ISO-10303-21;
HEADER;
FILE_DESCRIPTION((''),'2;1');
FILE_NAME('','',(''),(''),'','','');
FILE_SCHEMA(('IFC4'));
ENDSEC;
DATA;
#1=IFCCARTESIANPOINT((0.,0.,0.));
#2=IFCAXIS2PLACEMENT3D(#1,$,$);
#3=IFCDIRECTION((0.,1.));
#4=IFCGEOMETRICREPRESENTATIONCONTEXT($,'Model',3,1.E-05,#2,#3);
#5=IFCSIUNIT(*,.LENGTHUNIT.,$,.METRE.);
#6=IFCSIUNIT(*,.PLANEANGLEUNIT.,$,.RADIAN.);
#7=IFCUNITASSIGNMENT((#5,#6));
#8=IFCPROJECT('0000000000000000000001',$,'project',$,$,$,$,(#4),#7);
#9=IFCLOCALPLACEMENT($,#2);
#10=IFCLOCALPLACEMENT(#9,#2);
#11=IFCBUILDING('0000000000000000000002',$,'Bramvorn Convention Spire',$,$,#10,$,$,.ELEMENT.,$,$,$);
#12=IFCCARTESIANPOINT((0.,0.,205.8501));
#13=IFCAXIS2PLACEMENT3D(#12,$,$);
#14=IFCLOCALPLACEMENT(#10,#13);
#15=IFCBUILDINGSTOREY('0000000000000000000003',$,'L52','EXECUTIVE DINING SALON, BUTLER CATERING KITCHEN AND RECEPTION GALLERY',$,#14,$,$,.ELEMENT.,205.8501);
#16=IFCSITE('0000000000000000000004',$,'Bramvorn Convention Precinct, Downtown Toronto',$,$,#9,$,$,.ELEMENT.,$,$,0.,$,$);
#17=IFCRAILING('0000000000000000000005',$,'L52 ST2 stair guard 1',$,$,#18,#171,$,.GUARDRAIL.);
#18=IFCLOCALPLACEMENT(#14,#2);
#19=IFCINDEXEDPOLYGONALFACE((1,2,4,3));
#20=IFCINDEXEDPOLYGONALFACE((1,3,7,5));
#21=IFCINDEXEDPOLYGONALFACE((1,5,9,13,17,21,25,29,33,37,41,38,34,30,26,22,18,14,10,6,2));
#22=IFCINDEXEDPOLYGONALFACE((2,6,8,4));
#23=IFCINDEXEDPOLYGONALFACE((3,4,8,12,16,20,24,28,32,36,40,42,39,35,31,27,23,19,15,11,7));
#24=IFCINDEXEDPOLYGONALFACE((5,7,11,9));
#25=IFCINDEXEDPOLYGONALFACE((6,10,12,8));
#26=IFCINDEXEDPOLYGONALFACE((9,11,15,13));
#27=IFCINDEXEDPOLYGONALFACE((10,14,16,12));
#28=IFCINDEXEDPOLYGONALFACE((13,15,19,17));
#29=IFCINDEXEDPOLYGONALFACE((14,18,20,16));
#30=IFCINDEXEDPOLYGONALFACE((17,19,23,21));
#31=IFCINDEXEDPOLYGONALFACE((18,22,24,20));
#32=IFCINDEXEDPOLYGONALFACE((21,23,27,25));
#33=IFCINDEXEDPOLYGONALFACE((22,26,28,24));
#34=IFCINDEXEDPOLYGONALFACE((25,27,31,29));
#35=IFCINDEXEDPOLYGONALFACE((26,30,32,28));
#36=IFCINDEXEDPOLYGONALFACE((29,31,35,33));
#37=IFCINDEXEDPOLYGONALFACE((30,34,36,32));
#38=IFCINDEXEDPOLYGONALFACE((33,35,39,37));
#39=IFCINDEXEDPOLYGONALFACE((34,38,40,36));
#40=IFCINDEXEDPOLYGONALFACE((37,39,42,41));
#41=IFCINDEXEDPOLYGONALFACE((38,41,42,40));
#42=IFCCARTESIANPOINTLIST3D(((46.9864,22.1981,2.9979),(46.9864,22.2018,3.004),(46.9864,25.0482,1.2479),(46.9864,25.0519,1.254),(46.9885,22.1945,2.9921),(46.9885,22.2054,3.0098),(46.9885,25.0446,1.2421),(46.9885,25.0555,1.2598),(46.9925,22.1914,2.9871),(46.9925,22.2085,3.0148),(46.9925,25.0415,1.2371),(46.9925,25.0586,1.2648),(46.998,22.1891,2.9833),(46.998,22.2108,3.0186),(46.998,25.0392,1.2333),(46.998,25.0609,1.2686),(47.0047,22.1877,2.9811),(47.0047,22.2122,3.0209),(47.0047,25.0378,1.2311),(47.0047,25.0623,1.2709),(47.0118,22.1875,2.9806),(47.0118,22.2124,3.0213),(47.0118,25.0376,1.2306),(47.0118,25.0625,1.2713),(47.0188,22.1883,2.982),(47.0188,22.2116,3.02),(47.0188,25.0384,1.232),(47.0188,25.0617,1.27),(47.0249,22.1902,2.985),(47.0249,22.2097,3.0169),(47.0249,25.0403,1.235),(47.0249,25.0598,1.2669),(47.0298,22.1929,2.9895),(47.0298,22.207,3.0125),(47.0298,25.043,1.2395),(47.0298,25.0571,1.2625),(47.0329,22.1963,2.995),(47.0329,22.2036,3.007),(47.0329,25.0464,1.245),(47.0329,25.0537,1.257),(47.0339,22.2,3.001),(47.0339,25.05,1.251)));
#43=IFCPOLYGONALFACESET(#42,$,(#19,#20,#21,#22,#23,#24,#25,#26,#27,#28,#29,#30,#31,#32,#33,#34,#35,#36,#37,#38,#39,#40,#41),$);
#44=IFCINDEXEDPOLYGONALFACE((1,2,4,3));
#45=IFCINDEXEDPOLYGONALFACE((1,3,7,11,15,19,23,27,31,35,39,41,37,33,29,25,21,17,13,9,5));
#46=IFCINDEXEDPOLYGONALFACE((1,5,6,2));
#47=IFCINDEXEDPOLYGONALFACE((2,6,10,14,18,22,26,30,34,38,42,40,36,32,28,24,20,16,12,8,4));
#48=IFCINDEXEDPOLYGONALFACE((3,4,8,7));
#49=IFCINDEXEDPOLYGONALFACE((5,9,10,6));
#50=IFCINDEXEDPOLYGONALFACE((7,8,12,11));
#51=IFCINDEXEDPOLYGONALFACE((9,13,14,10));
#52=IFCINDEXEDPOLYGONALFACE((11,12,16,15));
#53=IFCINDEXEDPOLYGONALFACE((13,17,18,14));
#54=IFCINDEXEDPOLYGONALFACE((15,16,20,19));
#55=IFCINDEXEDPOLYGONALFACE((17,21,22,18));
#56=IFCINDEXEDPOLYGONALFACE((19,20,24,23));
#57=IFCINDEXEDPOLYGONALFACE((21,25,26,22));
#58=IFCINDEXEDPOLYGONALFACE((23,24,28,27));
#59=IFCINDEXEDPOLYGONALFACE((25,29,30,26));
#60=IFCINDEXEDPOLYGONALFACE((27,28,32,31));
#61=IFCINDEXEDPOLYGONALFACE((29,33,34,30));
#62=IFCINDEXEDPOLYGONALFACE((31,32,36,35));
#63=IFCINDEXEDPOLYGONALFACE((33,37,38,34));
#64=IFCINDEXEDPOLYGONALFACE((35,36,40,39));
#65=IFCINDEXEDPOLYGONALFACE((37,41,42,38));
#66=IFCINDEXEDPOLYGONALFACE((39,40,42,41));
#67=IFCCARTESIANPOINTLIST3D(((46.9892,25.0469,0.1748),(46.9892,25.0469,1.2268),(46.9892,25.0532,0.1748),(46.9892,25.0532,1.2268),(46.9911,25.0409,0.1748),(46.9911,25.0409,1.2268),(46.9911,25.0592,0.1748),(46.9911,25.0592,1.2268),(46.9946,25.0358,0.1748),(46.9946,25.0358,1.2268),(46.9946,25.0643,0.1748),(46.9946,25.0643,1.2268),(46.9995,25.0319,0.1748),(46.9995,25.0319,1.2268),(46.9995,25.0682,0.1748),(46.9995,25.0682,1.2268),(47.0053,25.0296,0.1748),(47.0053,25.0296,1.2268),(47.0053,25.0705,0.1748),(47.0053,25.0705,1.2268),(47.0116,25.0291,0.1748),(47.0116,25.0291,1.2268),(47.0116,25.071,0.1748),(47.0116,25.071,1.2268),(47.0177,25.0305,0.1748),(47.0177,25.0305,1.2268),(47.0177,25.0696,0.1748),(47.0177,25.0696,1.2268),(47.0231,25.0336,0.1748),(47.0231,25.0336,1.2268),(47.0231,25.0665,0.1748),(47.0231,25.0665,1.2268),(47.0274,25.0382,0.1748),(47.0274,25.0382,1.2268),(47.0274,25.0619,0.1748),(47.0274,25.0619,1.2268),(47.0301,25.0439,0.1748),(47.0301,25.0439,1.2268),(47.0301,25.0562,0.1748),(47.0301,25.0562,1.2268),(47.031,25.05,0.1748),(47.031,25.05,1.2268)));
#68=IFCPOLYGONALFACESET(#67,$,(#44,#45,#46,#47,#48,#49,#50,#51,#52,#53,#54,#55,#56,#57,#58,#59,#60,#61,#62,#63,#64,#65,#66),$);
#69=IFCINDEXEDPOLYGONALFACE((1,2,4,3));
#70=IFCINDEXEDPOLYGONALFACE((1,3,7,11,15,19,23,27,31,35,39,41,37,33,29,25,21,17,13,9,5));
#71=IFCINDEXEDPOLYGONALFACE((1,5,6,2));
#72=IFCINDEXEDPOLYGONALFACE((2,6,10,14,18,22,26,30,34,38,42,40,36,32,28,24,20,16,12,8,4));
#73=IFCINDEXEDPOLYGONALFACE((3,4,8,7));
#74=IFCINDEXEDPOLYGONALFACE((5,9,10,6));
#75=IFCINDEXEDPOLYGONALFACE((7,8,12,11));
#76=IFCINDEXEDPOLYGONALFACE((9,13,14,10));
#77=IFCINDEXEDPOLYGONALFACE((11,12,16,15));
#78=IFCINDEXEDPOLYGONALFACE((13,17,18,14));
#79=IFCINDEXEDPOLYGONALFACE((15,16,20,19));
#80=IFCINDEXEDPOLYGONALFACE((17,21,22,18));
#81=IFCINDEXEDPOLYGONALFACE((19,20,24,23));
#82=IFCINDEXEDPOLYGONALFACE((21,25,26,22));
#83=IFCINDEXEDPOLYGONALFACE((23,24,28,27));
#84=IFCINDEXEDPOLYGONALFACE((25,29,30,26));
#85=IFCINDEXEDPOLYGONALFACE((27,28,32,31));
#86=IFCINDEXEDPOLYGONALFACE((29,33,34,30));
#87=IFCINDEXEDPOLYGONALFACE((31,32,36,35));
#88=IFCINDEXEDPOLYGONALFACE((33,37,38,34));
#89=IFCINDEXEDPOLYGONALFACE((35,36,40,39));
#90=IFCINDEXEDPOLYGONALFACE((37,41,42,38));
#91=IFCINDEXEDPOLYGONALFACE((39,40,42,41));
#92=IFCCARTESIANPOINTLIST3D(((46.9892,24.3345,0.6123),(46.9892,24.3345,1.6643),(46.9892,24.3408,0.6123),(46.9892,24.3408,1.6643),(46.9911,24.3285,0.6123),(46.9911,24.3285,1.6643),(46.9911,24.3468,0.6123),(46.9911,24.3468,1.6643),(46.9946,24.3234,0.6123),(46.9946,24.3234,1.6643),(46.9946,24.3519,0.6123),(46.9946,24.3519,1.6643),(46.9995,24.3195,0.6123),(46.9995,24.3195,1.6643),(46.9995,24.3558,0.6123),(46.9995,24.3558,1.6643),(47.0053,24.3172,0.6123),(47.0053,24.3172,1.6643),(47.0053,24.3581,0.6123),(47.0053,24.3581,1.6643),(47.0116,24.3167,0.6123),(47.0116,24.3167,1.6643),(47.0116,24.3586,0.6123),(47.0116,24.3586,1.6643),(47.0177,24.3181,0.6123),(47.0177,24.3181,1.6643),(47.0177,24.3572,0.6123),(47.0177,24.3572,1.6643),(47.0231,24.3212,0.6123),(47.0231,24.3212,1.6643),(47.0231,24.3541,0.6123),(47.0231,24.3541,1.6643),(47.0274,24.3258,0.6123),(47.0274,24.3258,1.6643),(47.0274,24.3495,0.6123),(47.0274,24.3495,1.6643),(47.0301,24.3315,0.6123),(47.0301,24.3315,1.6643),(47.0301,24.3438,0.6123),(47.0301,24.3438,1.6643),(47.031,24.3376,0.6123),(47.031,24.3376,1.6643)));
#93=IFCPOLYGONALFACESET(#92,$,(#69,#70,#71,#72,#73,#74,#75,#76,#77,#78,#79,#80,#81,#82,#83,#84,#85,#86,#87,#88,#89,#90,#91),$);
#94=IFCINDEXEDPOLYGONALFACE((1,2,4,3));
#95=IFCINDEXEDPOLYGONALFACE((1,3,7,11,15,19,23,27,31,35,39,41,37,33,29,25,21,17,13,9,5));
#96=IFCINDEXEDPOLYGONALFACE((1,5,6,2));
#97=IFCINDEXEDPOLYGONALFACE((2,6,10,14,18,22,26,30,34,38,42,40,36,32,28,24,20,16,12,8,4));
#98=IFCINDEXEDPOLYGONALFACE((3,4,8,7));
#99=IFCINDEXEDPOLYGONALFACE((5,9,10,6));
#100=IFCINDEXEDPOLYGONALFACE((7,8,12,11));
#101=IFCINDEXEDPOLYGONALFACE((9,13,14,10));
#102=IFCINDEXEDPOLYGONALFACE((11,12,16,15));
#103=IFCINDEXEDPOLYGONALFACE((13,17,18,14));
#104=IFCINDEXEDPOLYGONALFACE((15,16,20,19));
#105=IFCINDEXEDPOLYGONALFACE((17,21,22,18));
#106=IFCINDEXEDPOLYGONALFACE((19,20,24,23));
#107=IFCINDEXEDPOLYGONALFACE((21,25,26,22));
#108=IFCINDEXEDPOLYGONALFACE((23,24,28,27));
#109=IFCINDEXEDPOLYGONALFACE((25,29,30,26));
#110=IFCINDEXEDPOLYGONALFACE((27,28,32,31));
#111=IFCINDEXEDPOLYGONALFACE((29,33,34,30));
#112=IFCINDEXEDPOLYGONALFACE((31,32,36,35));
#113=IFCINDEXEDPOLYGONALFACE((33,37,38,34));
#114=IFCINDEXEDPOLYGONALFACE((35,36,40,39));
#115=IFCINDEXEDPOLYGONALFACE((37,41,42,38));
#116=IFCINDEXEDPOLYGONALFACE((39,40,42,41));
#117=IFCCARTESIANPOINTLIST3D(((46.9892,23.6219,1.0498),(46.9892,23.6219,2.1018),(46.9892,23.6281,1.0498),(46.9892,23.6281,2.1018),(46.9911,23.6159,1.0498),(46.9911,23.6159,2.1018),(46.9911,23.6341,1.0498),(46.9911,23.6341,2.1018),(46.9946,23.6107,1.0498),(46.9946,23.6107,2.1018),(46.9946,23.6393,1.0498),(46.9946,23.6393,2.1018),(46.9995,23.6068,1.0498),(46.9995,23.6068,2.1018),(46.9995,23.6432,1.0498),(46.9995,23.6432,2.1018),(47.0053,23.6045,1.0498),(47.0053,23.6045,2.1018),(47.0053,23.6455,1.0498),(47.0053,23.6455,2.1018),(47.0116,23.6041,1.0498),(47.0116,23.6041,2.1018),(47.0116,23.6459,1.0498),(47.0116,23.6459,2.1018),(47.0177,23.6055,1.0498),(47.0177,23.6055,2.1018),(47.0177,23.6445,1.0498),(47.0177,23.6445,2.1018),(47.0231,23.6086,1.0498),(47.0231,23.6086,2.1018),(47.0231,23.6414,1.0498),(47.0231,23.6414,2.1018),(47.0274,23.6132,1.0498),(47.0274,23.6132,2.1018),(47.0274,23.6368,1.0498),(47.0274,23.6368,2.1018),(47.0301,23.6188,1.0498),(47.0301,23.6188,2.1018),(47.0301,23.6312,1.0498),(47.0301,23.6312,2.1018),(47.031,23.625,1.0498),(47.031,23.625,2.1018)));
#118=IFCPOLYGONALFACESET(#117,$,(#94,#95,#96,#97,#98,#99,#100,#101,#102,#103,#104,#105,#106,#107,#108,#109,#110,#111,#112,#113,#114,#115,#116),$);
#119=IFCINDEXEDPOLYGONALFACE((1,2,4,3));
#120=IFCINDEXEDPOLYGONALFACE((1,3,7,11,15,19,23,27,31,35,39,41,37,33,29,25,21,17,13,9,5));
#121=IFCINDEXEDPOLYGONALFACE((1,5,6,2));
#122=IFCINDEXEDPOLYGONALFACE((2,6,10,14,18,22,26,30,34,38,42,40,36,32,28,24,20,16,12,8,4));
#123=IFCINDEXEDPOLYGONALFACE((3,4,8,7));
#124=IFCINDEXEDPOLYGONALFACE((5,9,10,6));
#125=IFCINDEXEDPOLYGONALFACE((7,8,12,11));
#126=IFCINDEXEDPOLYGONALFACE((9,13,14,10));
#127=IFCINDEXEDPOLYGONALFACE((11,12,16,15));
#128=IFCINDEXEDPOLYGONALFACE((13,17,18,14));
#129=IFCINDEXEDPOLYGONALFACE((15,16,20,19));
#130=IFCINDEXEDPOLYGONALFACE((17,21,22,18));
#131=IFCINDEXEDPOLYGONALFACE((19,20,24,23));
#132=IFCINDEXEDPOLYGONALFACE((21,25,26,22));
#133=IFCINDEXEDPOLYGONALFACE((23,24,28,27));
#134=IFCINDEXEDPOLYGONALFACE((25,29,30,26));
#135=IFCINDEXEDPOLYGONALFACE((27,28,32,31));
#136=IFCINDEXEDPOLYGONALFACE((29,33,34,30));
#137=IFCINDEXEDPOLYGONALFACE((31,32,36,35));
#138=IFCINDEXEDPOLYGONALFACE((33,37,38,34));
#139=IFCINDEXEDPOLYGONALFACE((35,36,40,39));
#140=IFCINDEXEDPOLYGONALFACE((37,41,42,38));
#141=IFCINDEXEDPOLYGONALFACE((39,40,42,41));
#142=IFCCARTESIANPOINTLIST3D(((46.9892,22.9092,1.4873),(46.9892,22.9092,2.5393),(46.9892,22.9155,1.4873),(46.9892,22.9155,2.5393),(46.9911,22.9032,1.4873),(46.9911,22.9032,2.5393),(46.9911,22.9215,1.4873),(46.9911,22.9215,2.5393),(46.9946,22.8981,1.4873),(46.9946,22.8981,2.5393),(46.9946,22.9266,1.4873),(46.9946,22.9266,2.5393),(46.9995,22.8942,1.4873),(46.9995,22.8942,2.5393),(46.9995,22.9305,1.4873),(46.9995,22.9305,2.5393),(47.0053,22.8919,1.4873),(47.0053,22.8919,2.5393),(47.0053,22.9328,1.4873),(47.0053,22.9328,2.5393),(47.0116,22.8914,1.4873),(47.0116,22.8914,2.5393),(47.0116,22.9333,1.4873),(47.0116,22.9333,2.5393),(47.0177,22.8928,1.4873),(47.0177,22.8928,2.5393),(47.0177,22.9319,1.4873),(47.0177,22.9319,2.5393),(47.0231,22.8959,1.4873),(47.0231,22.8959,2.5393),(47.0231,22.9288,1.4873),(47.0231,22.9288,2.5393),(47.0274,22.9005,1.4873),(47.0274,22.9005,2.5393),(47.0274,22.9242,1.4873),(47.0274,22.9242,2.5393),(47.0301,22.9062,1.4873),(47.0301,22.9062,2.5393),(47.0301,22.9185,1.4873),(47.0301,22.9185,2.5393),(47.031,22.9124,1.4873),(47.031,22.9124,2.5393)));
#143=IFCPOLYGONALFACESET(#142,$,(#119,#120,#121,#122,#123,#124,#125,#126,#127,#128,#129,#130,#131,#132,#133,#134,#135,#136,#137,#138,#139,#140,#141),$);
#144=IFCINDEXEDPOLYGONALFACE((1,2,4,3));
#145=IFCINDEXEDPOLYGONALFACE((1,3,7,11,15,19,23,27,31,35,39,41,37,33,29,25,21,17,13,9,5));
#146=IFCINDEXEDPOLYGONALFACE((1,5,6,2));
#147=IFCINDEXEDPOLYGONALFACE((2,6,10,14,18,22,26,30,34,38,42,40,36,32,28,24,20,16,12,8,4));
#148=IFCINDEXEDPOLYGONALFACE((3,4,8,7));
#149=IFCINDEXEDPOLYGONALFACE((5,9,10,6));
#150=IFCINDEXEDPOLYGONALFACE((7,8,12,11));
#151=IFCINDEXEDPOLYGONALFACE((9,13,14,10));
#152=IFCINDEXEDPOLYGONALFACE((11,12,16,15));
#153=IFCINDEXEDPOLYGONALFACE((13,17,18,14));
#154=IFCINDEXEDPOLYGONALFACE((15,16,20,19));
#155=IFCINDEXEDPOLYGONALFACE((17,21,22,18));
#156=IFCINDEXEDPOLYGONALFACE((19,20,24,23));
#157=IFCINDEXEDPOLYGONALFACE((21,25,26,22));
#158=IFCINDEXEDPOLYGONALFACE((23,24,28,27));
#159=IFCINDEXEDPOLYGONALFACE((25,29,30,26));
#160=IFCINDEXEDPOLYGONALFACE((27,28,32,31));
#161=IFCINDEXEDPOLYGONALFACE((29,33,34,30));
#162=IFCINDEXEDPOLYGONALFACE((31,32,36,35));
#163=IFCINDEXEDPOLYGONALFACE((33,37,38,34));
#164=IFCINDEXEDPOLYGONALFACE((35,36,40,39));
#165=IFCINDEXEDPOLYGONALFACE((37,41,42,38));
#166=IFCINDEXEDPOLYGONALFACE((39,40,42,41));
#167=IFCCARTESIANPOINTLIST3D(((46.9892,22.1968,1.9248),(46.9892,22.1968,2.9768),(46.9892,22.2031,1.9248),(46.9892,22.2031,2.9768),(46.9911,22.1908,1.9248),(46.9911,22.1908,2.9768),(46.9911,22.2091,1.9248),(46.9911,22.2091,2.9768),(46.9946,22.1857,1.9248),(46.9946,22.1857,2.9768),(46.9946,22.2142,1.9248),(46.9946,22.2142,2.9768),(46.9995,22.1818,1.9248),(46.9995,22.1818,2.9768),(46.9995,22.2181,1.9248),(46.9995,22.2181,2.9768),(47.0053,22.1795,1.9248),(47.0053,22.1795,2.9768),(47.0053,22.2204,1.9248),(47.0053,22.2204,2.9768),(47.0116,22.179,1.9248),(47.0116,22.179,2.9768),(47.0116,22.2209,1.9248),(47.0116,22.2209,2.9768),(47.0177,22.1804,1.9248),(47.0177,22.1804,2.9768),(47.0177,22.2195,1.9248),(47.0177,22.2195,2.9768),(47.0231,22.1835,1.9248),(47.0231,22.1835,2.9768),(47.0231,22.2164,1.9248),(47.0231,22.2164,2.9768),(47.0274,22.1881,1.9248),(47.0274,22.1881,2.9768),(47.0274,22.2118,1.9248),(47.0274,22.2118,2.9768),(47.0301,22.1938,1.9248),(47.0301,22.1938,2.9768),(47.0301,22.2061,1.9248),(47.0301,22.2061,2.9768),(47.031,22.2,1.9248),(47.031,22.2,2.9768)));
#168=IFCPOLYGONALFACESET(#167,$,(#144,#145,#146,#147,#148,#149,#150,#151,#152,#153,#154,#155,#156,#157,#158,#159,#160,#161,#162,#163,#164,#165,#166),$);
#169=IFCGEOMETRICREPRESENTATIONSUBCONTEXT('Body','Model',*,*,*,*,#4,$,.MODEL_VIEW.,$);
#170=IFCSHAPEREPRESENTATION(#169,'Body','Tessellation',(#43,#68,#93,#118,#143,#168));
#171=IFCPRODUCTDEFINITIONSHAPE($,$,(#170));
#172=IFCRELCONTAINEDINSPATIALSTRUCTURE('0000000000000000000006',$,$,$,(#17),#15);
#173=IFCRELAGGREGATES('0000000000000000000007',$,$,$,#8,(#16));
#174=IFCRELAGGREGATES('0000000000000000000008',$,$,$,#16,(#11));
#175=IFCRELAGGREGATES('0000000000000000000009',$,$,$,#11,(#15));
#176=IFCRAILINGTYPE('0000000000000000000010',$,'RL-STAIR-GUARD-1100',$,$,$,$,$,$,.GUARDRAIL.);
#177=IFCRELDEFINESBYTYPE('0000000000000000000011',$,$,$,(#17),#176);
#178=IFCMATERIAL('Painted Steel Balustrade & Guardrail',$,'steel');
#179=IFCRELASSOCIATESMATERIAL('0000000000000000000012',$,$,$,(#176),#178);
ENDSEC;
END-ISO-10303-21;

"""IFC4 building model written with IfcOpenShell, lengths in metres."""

from ifc_helpers import new_model, si_unit, direction, frame, origin, origin_2d, place, context, subcontext, project, spatial, circle, extrude, material, type_object, element, save


model = new_model("IFC4")

# Units and contexts
model_context = context("Model", 3, precision=1e-05, world=origin(), true_north=direction((0.0, 1.0)))
body_context = subcontext(model_context, "Body", "Model", "MODEL_VIEW")
ifc_project = project(units=[si_unit("LENGTHUNIT", "METRE"), si_unit("PLANEANGLEUNIT", "RADIAN")], contexts=[model_context])

# Site, building, storey
site_placement = place(None, origin())
site = spatial("IfcSite", under=ifc_project, at=site_placement, Name="Bramvorn Convention Precinct, Downtown Toronto", CompositionType="ELEMENT", RefElevation=0.0)
building_placement = place(site_placement, origin())
building = spatial("IfcBuilding", under=site, at=building_placement, Name="Bramvorn Convention Spire", CompositionType="ELEMENT")
storey_placement = place(building_placement, frame((0.0, 0.0, 205.8501)))
storey = spatial("IfcBuildingStorey", under=building, at=storey_placement, Name="L52", Description="EXECUTIVE DINING SALON, BUTLER CATERING KITCHEN AND RECEPTION GALLERY", CompositionType="ELEMENT", Elevation=205.8501)

# Railing
ifc_material_1 = material(Name="Painted Steel Balustrade & Guardrail", Category="steel")
railing_type_1 = type_object("IfcRailingType", Name="RL-STAIR-GUARD-1100", PredefinedType="GUARDRAIL", material=ifc_material_1)
railing_1_placement = place(storey_placement, frame((47.01, 25.05, 0.1748)))
element("IfcRailing", 1, at=railing_1_placement, inside=storey, type_object=railing_type_1, Name="L52 ST2 stair guard 1", PredefinedType="GUARDRAIL", context=body_context, shape_type="SweptSolid", body=[
    extrude(circle(Radius=0.0239, at=origin_2d()), frame((0.0, 0.0, 1.0762), z_axis=(0.0, -0.852179, 0.52325), x_axis=(1.0, 0.0, 0.0)), (0.0, 0.0, 1.0), 3.3445),
    extrude(circle(Radius=0.021, at=origin_2d()), origin(), (0.0, 0.0, 1.0), 1.052),
    extrude(circle(Radius=0.021, at=origin_2d()), frame((0.0, -0.7124, 0.4375)), (0.0, 0.0, 1.0), 1.052),
    extrude(circle(Radius=0.021, at=origin_2d()), frame((0.0, -1.425, 0.875)), (0.0, 0.0, 1.0), 1.052),
    extrude(circle(Radius=0.021, at=origin_2d()), frame((0.0, -2.1377, 1.3125)), (0.0, 0.0, 1.0), 1.052),
    extrude(circle(Radius=0.021, at=origin_2d()), frame((0.0, -2.8501, 1.75)), (0.0, 0.0, 1.0), 1.052),
])

save(model, "model.ifc")
